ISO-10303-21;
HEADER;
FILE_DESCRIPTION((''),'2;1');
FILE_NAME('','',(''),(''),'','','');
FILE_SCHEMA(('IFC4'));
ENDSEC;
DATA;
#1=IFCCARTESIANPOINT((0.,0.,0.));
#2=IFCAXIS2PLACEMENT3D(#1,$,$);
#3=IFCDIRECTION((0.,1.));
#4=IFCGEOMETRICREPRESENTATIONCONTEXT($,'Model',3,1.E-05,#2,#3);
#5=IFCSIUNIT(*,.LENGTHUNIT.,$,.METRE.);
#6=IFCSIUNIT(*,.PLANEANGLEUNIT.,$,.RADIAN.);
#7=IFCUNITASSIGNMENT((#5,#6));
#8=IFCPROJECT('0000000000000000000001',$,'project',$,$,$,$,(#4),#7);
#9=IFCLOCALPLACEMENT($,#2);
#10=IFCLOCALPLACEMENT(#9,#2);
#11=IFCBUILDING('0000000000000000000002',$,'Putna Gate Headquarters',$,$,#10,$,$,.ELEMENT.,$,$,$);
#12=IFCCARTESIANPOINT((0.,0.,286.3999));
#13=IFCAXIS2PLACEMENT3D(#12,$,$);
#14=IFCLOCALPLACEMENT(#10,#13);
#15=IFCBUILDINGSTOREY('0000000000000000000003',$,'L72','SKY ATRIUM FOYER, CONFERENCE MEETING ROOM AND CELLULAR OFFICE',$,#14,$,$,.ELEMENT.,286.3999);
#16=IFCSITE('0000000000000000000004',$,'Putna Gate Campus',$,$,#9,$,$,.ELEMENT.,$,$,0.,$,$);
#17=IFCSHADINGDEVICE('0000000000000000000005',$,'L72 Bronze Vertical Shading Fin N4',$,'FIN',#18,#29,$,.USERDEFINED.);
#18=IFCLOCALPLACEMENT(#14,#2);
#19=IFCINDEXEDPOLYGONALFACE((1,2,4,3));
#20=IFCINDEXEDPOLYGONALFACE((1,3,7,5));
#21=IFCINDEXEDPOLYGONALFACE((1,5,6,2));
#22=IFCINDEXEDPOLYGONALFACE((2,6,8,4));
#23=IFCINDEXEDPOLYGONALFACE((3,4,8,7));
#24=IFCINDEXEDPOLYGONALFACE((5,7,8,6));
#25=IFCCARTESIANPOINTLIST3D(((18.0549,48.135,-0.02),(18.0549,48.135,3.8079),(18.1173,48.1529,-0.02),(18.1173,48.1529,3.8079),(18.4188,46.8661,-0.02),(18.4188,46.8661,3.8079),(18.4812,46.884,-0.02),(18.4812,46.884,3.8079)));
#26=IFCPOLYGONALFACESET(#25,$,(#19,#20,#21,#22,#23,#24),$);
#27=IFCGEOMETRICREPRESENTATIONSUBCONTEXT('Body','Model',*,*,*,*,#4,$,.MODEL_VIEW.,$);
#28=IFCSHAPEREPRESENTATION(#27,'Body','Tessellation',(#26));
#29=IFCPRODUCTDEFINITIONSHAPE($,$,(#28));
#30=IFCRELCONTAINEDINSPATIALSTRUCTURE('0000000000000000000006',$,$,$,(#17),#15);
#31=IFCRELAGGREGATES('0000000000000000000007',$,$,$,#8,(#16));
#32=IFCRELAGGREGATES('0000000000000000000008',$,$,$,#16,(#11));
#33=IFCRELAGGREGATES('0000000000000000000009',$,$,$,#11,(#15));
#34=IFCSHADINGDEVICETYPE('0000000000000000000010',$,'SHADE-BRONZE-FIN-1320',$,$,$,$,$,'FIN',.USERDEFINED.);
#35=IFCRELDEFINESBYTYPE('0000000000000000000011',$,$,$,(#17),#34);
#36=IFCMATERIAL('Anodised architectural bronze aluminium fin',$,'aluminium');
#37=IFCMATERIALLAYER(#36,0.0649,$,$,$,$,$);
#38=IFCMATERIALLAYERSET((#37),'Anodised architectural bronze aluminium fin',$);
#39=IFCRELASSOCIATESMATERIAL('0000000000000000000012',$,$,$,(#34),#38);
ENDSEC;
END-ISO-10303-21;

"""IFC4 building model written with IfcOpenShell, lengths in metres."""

from ifc_helpers import new_model, si_unit, direction, frame, origin, origin_2d, place, context, subcontext, project, spatial, rectangle, extrude, material, layer, layer_set, type_object, element, save


model = new_model("IFC4")

# Units and contexts
model_context = context("Model", 3, precision=1e-05, world=origin(), true_north=direction((0.0, 1.0)))
body_context = subcontext(model_context, "Body", "Model", "MODEL_VIEW")
ifc_project = project(units=[si_unit("LENGTHUNIT", "METRE"), si_unit("PLANEANGLEUNIT", "RADIAN")], contexts=[model_context])

# Site, building, storey
site_placement = place(None, origin())
site = spatial("IfcSite", under=ifc_project, at=site_placement, Name="Putna Gate Campus", CompositionType="ELEMENT", RefElevation=0.0)
building_placement = place(site_placement, origin())
building = spatial("IfcBuilding", under=site, at=building_placement, Name="Putna Gate Headquarters", CompositionType="ELEMENT")
storey_placement = place(building_placement, frame((0.0, 0.0, 286.3999)))
storey = spatial("IfcBuildingStorey", under=building, at=storey_placement, Name="L72", Description="SKY ATRIUM FOYER, CONFERENCE MEETING ROOM AND CELLULAR OFFICE", CompositionType="ELEMENT", Elevation=286.3999)

# Shading device
ifc_material_1 = material(Name="Anodised architectural bronze aluminium fin", Category="aluminium")
ifc_layer_1 = layer(ifc_material_1, 0.0649)
ifc_layer_set_1 = layer_set([ifc_layer_1], Name="Anodised architectural bronze aluminium fin")
shading_device_type = type_object("IfcShadingDeviceType", Name="SHADE-BRONZE-FIN-1320", ElementType="FIN", PredefinedType="USERDEFINED", material=ifc_layer_set_1)
for number, where, z_axis, x_axis, name in (
    (1, (18.2681, 47.5095, -0.02), (0.0, 0.0, 1.0), (-0.275637, 0.961262, 0.0), "L72 Bronze Vertical Shading Fin N4"),
):
    element("IfcShadingDevice", number, at=place(storey_placement, frame(where, z_axis=z_axis, x_axis=x_axis)), inside=storey, type_object=shading_device_type, Name=name, ObjectType="FIN", PredefinedType="USERDEFINED", context=body_context, shape_type="SweptSolid", body=[
        extrude(rectangle(XDim=1.3201, YDim=0.0649, at=origin_2d()), origin(), (0.0, 0.0, 1.0), 3.8279),
    ])

save(model, "model.ifc")
